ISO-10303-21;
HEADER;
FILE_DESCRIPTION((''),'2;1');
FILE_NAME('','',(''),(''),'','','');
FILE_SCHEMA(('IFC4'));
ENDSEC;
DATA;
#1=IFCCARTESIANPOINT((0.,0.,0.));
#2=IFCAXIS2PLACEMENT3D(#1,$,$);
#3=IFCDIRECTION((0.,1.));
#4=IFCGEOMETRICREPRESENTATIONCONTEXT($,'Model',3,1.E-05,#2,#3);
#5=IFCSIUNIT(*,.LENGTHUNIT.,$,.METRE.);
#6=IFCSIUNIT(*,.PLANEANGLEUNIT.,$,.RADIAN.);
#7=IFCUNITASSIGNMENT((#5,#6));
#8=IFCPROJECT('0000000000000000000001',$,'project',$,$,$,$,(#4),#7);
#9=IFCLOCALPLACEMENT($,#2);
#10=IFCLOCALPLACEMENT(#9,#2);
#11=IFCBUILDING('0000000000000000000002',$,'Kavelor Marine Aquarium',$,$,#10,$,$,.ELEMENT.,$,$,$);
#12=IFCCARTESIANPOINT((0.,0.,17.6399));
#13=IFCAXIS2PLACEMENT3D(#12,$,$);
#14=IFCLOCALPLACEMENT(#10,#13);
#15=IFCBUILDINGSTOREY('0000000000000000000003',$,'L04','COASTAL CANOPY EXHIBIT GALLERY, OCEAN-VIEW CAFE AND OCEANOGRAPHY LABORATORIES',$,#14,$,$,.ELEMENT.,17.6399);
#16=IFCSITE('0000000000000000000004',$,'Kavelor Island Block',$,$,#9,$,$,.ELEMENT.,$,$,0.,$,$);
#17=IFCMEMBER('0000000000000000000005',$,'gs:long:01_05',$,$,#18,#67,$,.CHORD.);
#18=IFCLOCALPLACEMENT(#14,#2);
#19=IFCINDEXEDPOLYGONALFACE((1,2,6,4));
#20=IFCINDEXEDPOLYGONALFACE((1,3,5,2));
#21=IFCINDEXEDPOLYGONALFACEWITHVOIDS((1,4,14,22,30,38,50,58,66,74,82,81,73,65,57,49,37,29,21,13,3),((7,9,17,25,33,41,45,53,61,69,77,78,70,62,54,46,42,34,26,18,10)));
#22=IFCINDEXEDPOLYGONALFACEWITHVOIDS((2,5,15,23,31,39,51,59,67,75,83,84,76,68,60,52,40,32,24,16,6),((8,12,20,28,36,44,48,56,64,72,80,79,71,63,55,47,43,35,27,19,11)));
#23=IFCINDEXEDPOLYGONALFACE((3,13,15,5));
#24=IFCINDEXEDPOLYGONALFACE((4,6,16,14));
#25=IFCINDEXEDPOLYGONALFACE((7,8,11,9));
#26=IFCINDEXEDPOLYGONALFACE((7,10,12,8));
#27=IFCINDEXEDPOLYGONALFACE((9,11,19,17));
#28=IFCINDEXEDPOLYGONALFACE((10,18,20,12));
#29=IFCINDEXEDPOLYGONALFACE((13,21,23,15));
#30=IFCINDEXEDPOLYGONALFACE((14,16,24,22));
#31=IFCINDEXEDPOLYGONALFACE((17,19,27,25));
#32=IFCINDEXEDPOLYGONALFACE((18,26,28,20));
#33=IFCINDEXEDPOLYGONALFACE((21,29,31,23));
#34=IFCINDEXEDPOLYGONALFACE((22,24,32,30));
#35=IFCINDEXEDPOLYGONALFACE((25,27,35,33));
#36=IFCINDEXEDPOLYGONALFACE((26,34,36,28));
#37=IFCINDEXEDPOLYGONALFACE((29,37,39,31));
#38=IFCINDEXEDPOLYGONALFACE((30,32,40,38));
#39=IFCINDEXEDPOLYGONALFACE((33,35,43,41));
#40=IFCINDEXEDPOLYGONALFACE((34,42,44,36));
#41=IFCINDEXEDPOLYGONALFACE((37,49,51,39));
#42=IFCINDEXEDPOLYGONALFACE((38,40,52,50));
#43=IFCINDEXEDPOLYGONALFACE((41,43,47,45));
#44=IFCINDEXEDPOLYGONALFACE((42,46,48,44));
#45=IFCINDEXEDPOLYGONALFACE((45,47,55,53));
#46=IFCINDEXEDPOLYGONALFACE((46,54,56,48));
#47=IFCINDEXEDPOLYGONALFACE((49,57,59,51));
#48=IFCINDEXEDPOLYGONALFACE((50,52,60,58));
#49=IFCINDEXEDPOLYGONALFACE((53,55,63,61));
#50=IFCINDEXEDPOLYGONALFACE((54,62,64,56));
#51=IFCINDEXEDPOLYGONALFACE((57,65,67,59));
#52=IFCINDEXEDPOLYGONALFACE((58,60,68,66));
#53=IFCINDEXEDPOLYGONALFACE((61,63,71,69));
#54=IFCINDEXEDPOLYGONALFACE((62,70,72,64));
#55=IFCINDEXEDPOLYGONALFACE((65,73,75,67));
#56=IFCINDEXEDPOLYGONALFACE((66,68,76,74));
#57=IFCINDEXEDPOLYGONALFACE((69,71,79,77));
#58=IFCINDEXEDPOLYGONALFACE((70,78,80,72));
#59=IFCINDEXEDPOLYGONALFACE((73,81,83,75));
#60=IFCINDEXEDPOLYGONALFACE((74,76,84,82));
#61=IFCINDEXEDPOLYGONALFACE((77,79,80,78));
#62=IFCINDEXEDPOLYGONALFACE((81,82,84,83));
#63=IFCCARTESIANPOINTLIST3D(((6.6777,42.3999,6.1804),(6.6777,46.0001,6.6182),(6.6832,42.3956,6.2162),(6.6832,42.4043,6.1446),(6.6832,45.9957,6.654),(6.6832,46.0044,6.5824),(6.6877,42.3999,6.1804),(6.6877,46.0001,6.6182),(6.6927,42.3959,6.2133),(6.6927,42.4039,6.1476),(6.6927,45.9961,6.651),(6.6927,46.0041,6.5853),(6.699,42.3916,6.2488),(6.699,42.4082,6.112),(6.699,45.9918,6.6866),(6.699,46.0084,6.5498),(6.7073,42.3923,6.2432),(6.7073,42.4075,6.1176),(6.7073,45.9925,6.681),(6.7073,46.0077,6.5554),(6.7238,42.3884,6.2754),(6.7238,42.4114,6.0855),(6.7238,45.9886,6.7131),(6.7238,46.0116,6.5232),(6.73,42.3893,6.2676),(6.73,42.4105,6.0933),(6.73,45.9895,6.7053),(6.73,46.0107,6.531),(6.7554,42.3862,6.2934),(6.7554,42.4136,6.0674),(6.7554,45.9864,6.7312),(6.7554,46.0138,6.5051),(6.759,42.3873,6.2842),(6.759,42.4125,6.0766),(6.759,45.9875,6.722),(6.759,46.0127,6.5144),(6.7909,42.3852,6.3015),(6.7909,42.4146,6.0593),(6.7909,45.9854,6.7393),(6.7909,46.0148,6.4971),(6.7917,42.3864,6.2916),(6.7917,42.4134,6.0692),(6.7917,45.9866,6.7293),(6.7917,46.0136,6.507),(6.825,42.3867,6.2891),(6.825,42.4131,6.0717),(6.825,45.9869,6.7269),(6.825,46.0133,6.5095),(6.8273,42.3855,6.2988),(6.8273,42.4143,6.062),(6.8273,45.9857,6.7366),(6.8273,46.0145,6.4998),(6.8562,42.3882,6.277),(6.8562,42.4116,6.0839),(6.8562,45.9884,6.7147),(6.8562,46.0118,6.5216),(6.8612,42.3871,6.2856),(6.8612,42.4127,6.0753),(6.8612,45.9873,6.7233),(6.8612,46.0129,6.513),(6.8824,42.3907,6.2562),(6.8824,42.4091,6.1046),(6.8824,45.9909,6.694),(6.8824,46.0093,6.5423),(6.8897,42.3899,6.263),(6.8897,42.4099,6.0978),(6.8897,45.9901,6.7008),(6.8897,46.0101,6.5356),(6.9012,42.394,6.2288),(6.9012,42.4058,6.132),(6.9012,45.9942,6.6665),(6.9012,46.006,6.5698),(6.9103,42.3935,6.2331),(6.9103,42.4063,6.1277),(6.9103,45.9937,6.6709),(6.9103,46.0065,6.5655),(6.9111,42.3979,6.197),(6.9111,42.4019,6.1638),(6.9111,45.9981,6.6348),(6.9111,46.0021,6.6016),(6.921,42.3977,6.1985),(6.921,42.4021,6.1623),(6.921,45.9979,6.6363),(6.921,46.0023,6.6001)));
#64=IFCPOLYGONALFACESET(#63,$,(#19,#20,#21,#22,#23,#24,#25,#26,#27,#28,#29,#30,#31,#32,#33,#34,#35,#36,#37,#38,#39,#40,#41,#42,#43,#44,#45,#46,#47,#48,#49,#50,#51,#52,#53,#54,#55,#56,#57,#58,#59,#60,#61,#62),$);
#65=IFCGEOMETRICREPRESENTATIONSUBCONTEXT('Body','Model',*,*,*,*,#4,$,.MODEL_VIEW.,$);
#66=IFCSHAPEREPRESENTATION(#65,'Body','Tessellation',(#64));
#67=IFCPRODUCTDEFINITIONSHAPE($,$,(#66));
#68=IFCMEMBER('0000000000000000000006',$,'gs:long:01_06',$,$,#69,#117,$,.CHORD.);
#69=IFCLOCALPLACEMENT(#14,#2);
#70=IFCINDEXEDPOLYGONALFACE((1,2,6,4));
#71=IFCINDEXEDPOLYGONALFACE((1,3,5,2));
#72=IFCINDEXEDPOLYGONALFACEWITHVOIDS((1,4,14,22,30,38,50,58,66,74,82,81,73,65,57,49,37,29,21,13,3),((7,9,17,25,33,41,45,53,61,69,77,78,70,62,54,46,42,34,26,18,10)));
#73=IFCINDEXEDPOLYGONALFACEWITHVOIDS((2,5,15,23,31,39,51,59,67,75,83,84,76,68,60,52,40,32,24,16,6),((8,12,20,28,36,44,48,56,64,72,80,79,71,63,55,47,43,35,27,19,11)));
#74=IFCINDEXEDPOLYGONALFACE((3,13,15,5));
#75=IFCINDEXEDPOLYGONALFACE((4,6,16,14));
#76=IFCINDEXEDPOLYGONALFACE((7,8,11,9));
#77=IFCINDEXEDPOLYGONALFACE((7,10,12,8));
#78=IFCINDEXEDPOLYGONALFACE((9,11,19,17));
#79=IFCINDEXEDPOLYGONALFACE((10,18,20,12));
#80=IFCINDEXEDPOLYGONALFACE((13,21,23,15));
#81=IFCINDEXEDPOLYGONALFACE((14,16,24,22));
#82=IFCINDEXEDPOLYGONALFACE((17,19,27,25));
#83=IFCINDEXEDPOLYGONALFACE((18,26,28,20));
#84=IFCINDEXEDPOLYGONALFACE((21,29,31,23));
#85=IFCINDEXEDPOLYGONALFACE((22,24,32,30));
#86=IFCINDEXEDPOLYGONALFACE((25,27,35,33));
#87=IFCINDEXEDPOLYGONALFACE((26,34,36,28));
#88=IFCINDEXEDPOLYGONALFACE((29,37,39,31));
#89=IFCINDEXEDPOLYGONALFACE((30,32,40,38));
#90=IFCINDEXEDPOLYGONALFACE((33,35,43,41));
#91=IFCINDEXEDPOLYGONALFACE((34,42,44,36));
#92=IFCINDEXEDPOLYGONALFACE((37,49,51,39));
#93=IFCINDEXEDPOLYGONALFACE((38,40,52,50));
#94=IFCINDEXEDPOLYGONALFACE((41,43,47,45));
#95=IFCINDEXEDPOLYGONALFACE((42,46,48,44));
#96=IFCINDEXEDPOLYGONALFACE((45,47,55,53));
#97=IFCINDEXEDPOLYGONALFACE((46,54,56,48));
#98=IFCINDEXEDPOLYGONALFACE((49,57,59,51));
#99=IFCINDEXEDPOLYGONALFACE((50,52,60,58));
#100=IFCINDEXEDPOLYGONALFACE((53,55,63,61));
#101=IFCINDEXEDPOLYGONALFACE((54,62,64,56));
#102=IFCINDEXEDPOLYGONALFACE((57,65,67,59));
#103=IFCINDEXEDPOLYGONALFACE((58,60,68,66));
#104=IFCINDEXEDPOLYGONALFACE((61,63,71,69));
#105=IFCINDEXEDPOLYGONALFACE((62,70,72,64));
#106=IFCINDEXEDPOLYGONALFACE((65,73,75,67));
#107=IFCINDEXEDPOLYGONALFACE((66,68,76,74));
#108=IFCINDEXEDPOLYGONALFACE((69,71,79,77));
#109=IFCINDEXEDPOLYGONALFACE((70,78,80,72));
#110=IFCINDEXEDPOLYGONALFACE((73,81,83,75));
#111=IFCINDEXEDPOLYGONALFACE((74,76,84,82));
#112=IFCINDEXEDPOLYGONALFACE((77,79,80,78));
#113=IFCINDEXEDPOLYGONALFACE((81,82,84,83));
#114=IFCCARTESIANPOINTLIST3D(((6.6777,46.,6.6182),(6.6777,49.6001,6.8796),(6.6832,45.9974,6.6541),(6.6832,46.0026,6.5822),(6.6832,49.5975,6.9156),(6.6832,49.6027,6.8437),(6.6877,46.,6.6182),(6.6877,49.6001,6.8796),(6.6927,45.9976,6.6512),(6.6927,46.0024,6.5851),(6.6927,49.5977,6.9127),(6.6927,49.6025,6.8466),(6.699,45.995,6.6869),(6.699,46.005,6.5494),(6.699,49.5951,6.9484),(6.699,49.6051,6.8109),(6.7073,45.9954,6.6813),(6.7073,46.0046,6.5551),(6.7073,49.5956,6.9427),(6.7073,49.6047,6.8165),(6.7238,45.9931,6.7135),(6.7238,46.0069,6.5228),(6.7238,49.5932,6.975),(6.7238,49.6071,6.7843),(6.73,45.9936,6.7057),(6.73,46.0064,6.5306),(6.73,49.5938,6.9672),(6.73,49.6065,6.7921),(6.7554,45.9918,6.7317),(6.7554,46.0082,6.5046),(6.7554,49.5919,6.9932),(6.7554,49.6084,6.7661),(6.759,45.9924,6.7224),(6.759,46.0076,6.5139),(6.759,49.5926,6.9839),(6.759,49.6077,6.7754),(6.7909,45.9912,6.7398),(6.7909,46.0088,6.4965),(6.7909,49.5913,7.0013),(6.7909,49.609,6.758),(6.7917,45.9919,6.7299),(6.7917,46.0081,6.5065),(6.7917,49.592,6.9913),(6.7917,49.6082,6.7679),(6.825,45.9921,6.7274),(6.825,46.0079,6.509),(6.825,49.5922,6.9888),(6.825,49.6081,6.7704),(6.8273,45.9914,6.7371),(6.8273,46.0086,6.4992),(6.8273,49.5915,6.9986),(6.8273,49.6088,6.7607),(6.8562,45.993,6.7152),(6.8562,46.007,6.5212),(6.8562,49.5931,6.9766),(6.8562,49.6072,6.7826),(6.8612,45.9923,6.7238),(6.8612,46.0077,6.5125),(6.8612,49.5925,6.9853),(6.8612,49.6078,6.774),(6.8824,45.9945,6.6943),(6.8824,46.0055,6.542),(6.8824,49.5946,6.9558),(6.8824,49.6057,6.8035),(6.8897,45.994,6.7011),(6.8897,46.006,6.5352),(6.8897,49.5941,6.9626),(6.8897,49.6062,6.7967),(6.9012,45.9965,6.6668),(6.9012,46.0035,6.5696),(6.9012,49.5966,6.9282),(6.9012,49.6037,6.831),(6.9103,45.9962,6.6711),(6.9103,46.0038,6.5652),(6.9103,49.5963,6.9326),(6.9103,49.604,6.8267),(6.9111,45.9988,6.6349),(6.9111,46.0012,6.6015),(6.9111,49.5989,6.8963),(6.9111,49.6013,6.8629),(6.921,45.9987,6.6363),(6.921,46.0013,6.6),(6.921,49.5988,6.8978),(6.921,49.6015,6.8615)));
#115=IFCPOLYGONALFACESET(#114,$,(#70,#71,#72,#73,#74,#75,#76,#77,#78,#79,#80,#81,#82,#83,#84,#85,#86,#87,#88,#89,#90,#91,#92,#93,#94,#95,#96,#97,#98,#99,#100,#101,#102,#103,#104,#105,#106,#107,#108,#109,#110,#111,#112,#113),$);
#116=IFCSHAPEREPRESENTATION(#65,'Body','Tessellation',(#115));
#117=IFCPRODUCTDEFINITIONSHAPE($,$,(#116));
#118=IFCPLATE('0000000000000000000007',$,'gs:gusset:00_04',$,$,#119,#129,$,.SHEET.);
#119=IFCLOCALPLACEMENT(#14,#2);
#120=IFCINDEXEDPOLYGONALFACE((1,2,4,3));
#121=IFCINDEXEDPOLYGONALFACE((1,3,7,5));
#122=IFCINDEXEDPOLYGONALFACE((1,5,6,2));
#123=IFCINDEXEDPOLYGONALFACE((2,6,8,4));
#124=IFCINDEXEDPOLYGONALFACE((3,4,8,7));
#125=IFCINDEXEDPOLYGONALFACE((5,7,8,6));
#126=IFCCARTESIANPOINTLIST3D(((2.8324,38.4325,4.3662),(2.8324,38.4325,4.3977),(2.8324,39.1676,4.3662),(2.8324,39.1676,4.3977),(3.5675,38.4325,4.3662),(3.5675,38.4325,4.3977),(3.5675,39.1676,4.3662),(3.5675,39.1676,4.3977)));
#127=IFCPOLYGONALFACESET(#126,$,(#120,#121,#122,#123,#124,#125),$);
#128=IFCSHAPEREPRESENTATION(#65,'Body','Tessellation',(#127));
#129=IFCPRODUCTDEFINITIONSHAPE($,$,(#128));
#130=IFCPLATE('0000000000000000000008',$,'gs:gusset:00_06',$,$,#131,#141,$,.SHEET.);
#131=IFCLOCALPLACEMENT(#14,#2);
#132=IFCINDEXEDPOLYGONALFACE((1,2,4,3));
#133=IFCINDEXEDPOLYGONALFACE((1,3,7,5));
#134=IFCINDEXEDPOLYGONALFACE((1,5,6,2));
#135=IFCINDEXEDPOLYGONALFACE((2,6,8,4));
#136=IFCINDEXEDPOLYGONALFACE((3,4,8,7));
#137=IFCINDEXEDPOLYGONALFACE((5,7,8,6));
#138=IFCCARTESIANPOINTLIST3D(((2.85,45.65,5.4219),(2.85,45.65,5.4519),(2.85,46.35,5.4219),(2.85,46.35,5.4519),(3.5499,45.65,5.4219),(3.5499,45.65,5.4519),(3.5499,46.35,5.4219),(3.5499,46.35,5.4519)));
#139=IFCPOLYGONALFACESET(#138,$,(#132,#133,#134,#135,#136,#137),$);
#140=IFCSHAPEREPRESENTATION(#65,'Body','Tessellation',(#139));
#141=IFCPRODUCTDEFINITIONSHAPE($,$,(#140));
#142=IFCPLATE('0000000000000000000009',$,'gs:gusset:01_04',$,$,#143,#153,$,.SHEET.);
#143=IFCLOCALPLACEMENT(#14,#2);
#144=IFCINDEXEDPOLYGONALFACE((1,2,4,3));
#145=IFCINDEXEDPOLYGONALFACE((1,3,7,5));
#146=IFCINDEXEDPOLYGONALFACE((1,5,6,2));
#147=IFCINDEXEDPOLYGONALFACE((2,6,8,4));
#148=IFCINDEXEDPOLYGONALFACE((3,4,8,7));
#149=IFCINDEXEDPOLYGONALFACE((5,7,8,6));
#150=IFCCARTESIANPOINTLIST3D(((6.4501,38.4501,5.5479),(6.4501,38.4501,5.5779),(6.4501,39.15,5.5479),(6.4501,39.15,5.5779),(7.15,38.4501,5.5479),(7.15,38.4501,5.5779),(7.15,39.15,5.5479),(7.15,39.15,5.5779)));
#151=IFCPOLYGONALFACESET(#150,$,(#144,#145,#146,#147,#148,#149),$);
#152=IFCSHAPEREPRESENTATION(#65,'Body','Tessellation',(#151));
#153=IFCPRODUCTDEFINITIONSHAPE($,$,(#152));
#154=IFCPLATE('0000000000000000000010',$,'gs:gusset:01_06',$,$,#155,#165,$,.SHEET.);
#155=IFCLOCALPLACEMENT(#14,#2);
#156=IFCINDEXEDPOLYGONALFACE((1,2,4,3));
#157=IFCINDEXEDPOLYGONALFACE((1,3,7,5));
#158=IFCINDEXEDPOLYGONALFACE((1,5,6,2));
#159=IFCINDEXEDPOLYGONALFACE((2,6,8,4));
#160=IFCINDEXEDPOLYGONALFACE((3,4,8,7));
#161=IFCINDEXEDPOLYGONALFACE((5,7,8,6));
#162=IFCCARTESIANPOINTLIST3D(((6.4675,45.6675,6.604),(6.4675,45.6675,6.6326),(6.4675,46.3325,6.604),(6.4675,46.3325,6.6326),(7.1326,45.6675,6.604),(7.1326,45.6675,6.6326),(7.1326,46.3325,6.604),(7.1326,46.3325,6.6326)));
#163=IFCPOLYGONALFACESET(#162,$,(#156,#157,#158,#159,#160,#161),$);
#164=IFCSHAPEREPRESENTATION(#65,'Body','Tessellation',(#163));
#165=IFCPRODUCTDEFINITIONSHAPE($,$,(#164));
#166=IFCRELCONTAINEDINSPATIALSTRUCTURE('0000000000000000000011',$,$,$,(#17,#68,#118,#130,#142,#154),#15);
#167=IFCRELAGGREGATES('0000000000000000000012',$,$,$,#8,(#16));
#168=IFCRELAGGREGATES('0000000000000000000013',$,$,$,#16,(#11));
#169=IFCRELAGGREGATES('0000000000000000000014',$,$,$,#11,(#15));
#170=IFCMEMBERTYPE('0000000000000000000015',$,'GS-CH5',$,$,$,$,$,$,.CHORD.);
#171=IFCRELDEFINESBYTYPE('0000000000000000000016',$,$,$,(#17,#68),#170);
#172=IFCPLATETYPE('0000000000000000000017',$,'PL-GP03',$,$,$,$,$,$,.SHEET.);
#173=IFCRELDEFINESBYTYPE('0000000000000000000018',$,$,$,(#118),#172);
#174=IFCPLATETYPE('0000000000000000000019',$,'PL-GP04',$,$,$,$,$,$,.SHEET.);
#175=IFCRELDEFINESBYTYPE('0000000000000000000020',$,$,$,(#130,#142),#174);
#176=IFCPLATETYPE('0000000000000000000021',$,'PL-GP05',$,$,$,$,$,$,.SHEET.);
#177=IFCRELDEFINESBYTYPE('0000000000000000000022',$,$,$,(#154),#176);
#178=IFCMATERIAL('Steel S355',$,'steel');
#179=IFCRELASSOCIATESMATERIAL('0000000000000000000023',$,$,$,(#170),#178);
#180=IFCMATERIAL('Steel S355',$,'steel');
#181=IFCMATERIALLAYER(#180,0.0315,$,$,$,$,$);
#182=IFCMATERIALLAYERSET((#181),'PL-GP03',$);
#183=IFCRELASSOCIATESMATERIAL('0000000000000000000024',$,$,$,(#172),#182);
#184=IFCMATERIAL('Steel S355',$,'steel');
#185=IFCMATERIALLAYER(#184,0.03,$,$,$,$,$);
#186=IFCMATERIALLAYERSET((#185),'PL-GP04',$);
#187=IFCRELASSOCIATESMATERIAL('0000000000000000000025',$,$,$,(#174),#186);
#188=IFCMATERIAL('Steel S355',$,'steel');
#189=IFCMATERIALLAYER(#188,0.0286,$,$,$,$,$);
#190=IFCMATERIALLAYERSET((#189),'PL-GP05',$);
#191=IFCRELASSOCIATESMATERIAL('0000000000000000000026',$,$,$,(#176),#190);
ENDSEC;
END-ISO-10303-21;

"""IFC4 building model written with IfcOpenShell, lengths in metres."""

from ifc_helpers import new_model, si_unit, direction, frame, origin, origin_2d, place, context, subcontext, project, spatial, rectangle, hollow_circle, extrude, material, layer, layer_set, material_profile, profile_set, type_object, element, save


model = new_model("IFC4")

# Units and contexts
model_context = context("Model", 3, precision=1e-05, world=origin(), true_north=direction((0.0, 1.0)))
body_context = subcontext(model_context, "Body", "Model", "MODEL_VIEW")
ifc_project = project(units=[si_unit("LENGTHUNIT", "METRE"), si_unit("PLANEANGLEUNIT", "RADIAN")], contexts=[model_context])

# Site, building, storey
site_placement = place(None, origin())
site = spatial("IfcSite", under=ifc_project, at=site_placement, Name="Kavelor Island Block", CompositionType="ELEMENT", RefElevation=0.0)
building_placement = place(site_placement, origin())
building = spatial("IfcBuilding", under=site, at=building_placement, Name="Kavelor Marine Aquarium", CompositionType="ELEMENT")
storey_placement = place(building_placement, frame((0.0, 0.0, 17.6399)))
storey = spatial("IfcBuildingStorey", under=building, at=storey_placement, Name="L04", Description="COASTAL CANOPY EXHIBIT GALLERY, OCEAN-VIEW CAFE AND OCEANOGRAPHY LABORATORIES", CompositionType="ELEMENT", Elevation=17.6399)

# Members
ifc_material_1 = material(Name="Steel S355", Category="steel")
ifc_material_profile_1 = material_profile(ifc_material_1, hollow_circle(Radius=0.1223, WallThickness=0.01, at=origin_2d()), Name="CHS 244.5x10.0")
ifc_profile_set_1 = profile_set([ifc_material_profile_1], Name="Steel S355")
member_type_1 = type_object("IfcMemberType", Name="GS-CH5", PredefinedType="CHORD", material=ifc_profile_set_1)
member_1_placement = place(storey_placement, frame((6.8, 42.3999, 6.1804), z_axis=(0.0, 0.992689, 0.120703), x_axis=(-1.0, 0.0, 0.0)))
element("IfcMember", 1, at=member_1_placement, inside=storey, type_object=member_type_1, Name="gs:long:01_05", PredefinedType="CHORD", context=body_context, shape_type="SweptSolid", body=[
    extrude(hollow_circle(Radius=0.1223, WallThickness=0.01, at=origin_2d()), origin(), (0.0, 0.0, 1.0), 3.6267),
])
member_2_placement = place(storey_placement, frame((6.8, 46.0, 6.6182), z_axis=(0.0, 0.997373, 0.072439), x_axis=(-1.0, 0.0, 0.0)))
element("IfcMember", 2, at=member_2_placement, inside=storey, type_object=member_type_1, Name="gs:long:01_06", PredefinedType="CHORD", context=body_context, shape_type="SweptSolid", body=[
    extrude(hollow_circle(Radius=0.1223, WallThickness=0.01, at=origin_2d()), origin(), (0.0, 0.0, 1.0), 3.6096),
])

# Plates
ifc_material_2 = material(Name="Steel S355", Category="steel")
ifc_layer_1 = layer(ifc_material_2, 0.0315)
ifc_layer_set_1 = layer_set([ifc_layer_1], Name="PL-GP03")
plate_type_1 = type_object("IfcPlateType", Name="PL-GP03", PredefinedType="SHEET", material=ifc_layer_set_1)
plate_1_placement = place(storey_placement, frame((3.2, 38.8, 4.3662), z_axis=(0.0, 0.0, 1.0), x_axis=(1.0, 0.0, 0.0)))
element("IfcPlate", 3, at=plate_1_placement, inside=storey, type_object=plate_type_1, Name="gs:gusset:00_04", PredefinedType="SHEET", context=body_context, shape_type="SweptSolid", body=[
    extrude(rectangle(XDim=0.7351, YDim=0.7351, at=origin_2d()), origin(), (0.0, 0.0, 1.0), 0.0315),
])
ifc_material_3 = material(Name="Steel S355", Category="steel")
ifc_layer_2 = layer(ifc_material_3, 0.03)
ifc_layer_set_2 = layer_set([ifc_layer_2], Name="PL-GP04")
plate_type_2 = type_object("IfcPlateType", Name="PL-GP04", PredefinedType="SHEET", material=ifc_layer_set_2)
for number, where, z_axis, x_axis, name in (
    (4, (3.2, 46.0, 5.4219), (0.0, 0.0, 1.0), (1.0, 0.0, 0.0), "gs:gusset:00_06"),
    (5, (6.8, 38.8, 5.5479), (0.0, 0.0, 1.0), (1.0, 0.0, 0.0), "gs:gusset:01_04"),
):
    element("IfcPlate", number, at=place(storey_placement, frame(where, z_axis=z_axis, x_axis=x_axis)), inside=storey, type_object=plate_type_2, Name=name, PredefinedType="SHEET", context=body_context, shape_type="SweptSolid", body=[
        extrude(rectangle(XDim=0.7, YDim=0.7, at=origin_2d()), origin(), (0.0, 0.0, 1.0), 0.03),
    ])
ifc_material_4 = material(Name="Steel S355", Category="steel")
ifc_layer_3 = layer(ifc_material_4, 0.0286)
ifc_layer_set_3 = layer_set([ifc_layer_3], Name="PL-GP05")
plate_type_3 = type_object("IfcPlateType", Name="PL-GP05", PredefinedType="SHEET", material=ifc_layer_set_3)
plate_2_placement = place(storey_placement, frame((6.8, 46.0, 6.604), z_axis=(0.0, 0.0, 1.0), x_axis=(1.0, 0.0, 0.0)))
element("IfcPlate", 6, at=plate_2_placement, inside=storey, type_object=plate_type_3, Name="gs:gusset:01_06", PredefinedType="SHEET", context=body_context, shape_type="SweptSolid", body=[
    extrude(rectangle(XDim=0.665, YDim=0.665, at=origin_2d()), origin(), (0.0, 0.0, 1.0), 0.0286),
])

save(model, "model.ifc")
